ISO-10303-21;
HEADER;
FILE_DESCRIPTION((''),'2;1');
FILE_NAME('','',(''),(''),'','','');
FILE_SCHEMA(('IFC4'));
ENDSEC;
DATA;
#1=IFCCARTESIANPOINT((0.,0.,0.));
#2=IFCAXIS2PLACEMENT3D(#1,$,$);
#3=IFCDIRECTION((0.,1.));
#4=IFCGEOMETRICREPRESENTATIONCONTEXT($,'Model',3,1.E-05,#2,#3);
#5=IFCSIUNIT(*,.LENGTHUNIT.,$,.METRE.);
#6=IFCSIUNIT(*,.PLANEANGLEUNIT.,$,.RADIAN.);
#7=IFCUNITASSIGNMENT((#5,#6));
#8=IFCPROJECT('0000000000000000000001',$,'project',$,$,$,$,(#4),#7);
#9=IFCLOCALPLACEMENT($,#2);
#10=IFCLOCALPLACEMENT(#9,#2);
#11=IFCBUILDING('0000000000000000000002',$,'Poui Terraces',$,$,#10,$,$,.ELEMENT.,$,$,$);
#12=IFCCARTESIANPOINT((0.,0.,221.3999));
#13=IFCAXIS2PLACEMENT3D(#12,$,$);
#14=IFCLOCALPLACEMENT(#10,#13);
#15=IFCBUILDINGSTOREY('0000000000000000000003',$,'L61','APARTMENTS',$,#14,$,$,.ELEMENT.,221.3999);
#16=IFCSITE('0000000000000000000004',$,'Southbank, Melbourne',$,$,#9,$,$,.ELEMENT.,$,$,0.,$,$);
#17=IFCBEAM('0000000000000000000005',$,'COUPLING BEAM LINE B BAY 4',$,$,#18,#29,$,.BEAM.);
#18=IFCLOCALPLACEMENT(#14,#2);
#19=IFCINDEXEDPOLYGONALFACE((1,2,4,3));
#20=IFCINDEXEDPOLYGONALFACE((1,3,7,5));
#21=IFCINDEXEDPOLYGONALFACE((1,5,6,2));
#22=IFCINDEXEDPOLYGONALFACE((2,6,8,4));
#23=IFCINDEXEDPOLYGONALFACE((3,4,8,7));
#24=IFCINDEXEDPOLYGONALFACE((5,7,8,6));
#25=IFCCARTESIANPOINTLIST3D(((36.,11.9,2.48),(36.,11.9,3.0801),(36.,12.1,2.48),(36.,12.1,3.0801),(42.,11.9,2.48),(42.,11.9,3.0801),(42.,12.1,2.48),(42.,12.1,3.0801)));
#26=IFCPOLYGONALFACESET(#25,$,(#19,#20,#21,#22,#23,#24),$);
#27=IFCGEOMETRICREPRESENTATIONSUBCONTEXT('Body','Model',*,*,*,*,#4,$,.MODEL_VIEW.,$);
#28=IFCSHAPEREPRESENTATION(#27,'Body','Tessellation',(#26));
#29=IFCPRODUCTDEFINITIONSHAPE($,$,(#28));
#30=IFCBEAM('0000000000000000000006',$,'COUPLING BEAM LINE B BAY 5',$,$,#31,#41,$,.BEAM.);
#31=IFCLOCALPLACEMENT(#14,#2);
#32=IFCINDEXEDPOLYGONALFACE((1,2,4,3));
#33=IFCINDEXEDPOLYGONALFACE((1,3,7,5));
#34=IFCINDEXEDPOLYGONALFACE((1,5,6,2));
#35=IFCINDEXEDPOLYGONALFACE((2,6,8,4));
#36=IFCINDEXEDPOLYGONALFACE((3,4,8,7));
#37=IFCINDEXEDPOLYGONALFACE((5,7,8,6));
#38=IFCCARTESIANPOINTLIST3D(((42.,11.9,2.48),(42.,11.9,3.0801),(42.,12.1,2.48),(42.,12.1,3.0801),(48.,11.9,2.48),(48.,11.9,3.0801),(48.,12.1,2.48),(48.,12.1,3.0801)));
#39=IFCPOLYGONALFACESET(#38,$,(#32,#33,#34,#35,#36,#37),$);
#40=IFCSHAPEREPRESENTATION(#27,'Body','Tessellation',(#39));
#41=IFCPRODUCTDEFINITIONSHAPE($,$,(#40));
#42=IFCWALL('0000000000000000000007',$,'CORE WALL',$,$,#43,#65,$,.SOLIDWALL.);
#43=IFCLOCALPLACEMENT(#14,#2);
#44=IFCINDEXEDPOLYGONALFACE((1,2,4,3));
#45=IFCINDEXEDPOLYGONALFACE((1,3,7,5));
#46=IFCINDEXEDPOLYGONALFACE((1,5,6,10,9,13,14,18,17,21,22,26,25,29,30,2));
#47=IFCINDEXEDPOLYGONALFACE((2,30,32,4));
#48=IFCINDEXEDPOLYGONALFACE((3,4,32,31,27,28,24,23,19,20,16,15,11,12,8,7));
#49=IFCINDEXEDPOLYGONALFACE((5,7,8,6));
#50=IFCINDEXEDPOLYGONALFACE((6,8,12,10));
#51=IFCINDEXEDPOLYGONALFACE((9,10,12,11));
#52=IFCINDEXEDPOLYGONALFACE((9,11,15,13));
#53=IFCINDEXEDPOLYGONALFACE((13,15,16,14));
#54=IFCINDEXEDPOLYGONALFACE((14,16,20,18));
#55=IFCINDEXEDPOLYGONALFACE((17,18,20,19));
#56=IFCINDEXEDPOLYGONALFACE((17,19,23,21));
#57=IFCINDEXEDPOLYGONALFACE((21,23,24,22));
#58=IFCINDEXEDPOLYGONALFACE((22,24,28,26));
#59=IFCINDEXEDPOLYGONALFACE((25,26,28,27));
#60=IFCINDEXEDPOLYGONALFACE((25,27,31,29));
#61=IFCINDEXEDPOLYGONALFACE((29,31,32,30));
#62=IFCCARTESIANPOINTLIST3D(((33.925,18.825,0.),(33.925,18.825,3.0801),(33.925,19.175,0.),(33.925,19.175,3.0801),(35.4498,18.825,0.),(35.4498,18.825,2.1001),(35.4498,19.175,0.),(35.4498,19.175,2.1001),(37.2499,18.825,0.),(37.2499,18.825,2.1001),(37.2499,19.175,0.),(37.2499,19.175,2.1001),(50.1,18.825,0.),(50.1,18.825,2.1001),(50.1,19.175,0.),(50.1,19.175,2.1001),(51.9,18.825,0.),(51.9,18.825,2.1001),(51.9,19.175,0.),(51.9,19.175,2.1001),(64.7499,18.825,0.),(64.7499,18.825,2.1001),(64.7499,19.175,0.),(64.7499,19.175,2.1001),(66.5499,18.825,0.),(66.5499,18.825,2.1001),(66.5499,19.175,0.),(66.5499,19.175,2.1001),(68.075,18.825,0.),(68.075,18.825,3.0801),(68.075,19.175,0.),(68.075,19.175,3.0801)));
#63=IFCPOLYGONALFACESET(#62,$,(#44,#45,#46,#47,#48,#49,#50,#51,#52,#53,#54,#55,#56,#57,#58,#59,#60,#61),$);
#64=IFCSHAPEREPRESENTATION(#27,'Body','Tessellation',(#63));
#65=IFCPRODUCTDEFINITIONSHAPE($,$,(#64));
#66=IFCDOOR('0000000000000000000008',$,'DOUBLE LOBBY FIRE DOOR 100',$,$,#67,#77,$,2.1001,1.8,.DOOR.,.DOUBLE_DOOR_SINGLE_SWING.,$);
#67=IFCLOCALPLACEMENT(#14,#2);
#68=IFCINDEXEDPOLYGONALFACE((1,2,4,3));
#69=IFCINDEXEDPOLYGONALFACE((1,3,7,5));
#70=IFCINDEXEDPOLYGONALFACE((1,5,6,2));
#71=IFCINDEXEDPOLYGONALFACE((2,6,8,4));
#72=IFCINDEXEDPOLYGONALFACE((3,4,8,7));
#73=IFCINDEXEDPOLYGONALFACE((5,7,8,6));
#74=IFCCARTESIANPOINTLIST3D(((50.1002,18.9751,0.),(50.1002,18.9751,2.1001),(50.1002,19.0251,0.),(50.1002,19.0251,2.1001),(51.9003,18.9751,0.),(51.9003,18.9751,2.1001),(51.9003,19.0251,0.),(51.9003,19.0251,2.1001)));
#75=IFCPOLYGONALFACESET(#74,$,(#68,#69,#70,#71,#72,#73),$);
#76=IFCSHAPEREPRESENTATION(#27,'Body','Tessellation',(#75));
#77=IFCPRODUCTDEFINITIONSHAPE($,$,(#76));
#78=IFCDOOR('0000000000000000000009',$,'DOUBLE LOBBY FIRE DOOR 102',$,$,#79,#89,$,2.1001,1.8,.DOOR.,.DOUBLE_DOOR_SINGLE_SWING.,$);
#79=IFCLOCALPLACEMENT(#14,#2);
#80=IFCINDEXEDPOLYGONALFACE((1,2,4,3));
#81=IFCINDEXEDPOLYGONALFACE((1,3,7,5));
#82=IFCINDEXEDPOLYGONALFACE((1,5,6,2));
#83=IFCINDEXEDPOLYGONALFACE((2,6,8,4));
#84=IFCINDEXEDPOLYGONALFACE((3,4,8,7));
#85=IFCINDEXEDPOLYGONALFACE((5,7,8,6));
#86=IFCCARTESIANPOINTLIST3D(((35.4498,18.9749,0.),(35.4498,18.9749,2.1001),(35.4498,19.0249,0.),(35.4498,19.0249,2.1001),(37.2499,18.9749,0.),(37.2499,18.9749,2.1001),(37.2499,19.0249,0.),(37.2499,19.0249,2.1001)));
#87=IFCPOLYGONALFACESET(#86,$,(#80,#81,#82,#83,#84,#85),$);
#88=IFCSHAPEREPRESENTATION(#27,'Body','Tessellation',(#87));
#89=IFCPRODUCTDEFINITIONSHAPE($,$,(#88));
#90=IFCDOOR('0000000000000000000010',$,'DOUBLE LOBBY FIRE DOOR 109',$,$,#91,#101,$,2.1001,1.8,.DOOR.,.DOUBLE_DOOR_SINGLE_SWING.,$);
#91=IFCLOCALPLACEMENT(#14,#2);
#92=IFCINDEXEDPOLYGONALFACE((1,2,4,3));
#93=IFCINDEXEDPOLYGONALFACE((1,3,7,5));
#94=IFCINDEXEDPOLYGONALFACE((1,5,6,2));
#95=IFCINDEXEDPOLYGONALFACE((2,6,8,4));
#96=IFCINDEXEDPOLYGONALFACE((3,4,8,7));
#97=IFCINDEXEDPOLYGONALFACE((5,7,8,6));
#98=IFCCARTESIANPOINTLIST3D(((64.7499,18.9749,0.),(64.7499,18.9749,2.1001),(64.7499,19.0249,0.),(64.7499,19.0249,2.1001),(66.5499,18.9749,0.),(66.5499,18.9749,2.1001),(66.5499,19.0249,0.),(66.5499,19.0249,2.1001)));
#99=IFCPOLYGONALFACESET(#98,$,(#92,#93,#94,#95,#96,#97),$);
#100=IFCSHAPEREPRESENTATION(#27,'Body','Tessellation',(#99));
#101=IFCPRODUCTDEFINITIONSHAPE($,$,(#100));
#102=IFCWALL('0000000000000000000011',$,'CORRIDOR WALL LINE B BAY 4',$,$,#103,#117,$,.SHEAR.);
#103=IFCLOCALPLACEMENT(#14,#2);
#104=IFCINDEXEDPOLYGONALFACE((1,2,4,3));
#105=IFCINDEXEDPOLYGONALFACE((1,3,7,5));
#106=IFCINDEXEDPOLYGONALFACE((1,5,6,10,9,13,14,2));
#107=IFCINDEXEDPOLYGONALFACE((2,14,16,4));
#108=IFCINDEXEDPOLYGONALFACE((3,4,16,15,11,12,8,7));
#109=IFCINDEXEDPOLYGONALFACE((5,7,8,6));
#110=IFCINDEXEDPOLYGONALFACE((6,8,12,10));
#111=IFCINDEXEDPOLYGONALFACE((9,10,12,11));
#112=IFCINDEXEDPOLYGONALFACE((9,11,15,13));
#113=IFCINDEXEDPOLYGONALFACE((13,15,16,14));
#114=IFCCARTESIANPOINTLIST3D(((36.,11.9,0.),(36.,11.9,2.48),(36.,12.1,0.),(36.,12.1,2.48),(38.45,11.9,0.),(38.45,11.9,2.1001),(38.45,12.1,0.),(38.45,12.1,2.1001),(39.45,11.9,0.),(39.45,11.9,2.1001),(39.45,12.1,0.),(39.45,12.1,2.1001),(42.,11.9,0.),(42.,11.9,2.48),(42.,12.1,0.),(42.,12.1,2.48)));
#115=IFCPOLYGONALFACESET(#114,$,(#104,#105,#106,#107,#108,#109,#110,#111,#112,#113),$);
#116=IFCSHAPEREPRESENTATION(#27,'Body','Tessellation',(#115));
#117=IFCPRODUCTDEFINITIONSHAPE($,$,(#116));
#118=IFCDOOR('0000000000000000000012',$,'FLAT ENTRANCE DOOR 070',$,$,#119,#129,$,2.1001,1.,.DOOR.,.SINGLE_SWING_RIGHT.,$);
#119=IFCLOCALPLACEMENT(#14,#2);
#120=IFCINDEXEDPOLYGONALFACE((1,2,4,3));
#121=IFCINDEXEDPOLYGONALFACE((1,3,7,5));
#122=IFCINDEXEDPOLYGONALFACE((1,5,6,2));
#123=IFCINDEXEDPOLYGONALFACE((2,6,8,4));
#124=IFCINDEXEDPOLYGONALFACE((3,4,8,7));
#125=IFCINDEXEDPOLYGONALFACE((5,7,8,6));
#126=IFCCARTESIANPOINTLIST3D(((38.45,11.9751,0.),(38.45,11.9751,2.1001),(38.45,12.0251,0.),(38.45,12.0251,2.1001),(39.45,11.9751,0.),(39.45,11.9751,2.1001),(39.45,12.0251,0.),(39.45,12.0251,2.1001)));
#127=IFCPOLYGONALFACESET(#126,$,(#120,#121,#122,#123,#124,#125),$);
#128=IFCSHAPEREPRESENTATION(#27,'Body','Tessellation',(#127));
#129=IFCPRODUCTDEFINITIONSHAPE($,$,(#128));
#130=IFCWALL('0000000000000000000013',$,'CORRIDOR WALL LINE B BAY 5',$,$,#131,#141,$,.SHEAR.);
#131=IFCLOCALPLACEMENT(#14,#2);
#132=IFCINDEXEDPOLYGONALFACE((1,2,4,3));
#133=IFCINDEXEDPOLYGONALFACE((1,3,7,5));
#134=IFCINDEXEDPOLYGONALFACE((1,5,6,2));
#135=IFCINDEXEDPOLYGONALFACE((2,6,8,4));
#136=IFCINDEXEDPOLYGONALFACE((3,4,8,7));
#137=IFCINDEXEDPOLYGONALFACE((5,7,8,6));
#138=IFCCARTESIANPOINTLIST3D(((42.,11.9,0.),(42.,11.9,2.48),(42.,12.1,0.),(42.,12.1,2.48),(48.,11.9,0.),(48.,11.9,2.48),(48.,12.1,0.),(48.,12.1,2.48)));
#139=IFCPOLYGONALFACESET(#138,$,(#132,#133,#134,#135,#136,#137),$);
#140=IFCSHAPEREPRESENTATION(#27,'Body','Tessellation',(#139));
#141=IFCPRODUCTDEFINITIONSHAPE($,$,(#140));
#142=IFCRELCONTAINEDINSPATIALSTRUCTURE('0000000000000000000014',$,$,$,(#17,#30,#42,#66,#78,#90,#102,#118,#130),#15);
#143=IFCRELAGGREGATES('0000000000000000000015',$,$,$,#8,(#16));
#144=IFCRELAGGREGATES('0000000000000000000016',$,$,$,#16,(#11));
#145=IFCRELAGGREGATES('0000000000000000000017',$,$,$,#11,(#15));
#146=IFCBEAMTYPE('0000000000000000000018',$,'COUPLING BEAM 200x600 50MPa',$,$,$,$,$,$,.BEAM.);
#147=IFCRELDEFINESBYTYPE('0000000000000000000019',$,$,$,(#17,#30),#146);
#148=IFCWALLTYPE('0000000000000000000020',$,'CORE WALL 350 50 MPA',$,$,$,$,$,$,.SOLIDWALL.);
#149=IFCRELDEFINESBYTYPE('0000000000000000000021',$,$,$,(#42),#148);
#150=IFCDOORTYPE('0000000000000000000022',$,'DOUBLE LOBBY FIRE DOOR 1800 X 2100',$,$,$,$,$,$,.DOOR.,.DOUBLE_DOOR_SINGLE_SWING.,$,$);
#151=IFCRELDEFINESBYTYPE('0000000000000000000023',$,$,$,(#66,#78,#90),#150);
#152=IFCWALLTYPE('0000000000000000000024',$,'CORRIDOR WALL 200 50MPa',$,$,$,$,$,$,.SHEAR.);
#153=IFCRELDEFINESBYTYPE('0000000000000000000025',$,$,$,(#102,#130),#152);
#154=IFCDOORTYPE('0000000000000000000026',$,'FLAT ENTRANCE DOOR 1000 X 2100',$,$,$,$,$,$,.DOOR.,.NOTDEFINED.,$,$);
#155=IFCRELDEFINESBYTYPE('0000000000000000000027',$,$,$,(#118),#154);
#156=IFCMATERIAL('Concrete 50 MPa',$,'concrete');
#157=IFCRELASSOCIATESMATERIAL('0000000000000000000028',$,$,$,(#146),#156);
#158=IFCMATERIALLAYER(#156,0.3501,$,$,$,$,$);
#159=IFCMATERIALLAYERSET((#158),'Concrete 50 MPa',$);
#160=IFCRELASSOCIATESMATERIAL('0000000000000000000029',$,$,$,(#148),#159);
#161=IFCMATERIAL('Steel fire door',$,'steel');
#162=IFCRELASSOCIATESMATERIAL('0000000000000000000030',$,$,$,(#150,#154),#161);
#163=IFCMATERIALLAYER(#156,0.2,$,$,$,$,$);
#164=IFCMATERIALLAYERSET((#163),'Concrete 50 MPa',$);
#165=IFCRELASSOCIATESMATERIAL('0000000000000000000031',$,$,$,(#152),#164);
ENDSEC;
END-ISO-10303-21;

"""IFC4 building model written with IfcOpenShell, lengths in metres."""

from ifc_helpers import new_model, si_unit, direction, frame, frame_2d, origin, origin_2d, place, context, subcontext, project, spatial, rectangle, extrude, source, transform, mapped, material, layer, layer_set, material_profile, profile_set, type_object, element, fill, save


model = new_model("IFC4")

# Units and contexts
model_context = context("Model", 3, precision=1e-05, world=origin(), true_north=direction((0.0, 1.0)))
body_context = subcontext(model_context, "Body", "Model", "MODEL_VIEW")
ifc_project = project(units=[si_unit("LENGTHUNIT", "METRE"), si_unit("PLANEANGLEUNIT", "RADIAN")], contexts=[model_context])

# Site, building, storey
site_placement = place(None, origin())
site = spatial("IfcSite", under=ifc_project, at=site_placement, Name="Southbank, Melbourne", CompositionType="ELEMENT", RefElevation=0.0)
building_placement = place(site_placement, origin())
building = spatial("IfcBuilding", under=site, at=building_placement, Name="Poui Terraces", CompositionType="ELEMENT")
storey_placement = place(building_placement, frame((0.0, 0.0, 221.3999)))
storey = spatial("IfcBuildingStorey", under=building, at=storey_placement, Name="L61", Description="APARTMENTS", CompositionType="ELEMENT", Elevation=221.3999)

# Beams
ifc_material_1 = material(Name="Concrete 50 MPa", Category="concrete")
ifc_material_profile = material_profile(ifc_material_1, rectangle(XDim=0.2, YDim=0.6001, at=origin_2d()), Name="RC 200x600")
ifc_profile_set = profile_set([ifc_material_profile], Name="Concrete 50 MPa")
beam_type = type_object("IfcBeamType", Name="COUPLING BEAM 200x600 50MPa", PredefinedType="BEAM", material=ifc_profile_set)
shared_shape = source(origin(), body_context, "Body", "SweptSolid", [
    extrude(rectangle(XDim=0.2, YDim=0.6001, at=origin_2d()), origin(), (0.0, 0.0, 1.0), 6.0),
])
for number, where, z_axis, x_axis, name in (
    (1, (36.0, 12.0, 2.78), (1.0, 0.0, 0.0), (0.0, 1.0, 0.0), "COUPLING BEAM LINE B BAY 4"),
    (2, (42.0, 12.0, 2.78), (1.0, 0.0, 0.0), (0.0, 1.0, 0.0), "COUPLING BEAM LINE B BAY 5"),
):
    element("IfcBeam", number, at=place(storey_placement, frame(where, z_axis=z_axis, x_axis=x_axis)), inside=storey, type_object=beam_type, Name=name, PredefinedType="BEAM", context=body_context, shape_type="MappedRepresentation", body=[
        mapped(shared_shape, transform((0.0, 0.0, 0.0))),
    ])

# Wall, openings, doors
ifc_layer_1 = layer(ifc_material_1, 0.3501)
ifc_layer_set_1 = layer_set([ifc_layer_1], Name="Concrete 50 MPa")
wall_type_1 = type_object("IfcWallType", Name="CORE WALL 350 50 MPA", PredefinedType="SOLIDWALL", material=ifc_layer_set_1)
wall_1_placement = place(storey_placement, frame((33.925, 19.0, 0.0), z_axis=(0.0, 0.0, 1.0), x_axis=(1.0, 0.0, 0.0)))
wall_1 = element("IfcWall", 3, at=wall_1_placement, inside=storey, type_object=wall_type_1, Name="CORE WALL", PredefinedType="SOLIDWALL", context=body_context, shape_type="SweptSolid", body=[
    extrude(rectangle(XDim=34.1499, YDim=0.3501, at=frame_2d((17.075, 0.0))), origin(), (0.0, 0.0, 1.0), 3.0801),
])
opening_1_placement = place(wall_1_placement, frame((16.175, 0.0, 0.0)))
opening_1 = element("IfcOpeningElement", 4, at=opening_1_placement, cuts=wall_1, PredefinedType="OPENING", context=body_context, shape_type="SweptSolid", body=[
    extrude(rectangle(XDim=1.8, YDim=2.1001, at=frame_2d((0.8999, 1.05))), frame((0.0, 0.1851, 0.0), z_axis=(0.0, -1.0, 0.0), x_axis=(1.0, 0.0, 0.0)), (0.0, 0.0, 1.0), 0.3701),
])
opening_2_placement = place(wall_1_placement, frame((1.5249, 0.0, 0.0)))
opening_2 = element("IfcOpeningElement", 5, at=opening_2_placement, cuts=wall_1, PredefinedType="OPENING", context=body_context, shape_type="SweptSolid", body=[
    extrude(rectangle(XDim=1.8, YDim=2.1001, at=frame_2d((0.8999, 1.05))), frame((0.0, 0.1851, 0.0), z_axis=(0.0, -1.0, 0.0), x_axis=(1.0, 0.0, 0.0)), (0.0, 0.0, 1.0), 0.3701),
])
opening_3_placement = place(wall_1_placement, frame((30.825, 0.0, 0.0)))
opening_3 = element("IfcOpeningElement", 6, at=opening_3_placement, cuts=wall_1, PredefinedType="OPENING", context=body_context, shape_type="SweptSolid", body=[
    extrude(rectangle(XDim=1.8, YDim=2.1001, at=frame_2d((0.8999, 1.05))), frame((0.0, 0.1851, 0.0), z_axis=(0.0, -1.0, 0.0), x_axis=(1.0, 0.0, 0.0)), (0.0, 0.0, 1.0), 0.3701),
])
ifc_material_2 = material(Name="Steel fire door", Category="steel")
door_type_1 = type_object("IfcDoorType", Name="DOUBLE LOBBY FIRE DOOR 1800 X 2100", OperationType="DOUBLE_DOOR_SINGLE_SWING", PredefinedType="DOOR", material=ifc_material_2)
door_1_placement = place(opening_1_placement, frame((1.8, 0.0, 0.0), z_axis=(0.0, 0.0, 1.0), x_axis=(-1.0, 0.0, 0.0)))
door_1 = element("IfcDoor", 7, at=door_1_placement, inside=storey, type_object=door_type_1, Name="DOUBLE LOBBY FIRE DOOR 100", OperationType="DOUBLE_DOOR_SINGLE_SWING", OverallHeight=2.1001, OverallWidth=1.8, PredefinedType="DOOR", context=body_context, shape_type="SweptSolid", body=[
    extrude(rectangle(XDim=1.8, YDim=2.1001, at=frame_2d((0.8999, 1.05))), frame((0.0, 0.0249, 0.0), z_axis=(0.0, -1.0, 0.0), x_axis=(1.0, 0.0, 0.0)), (0.0, 0.0, 1.0), 0.05),
])
fill(opening_1, door_1)
door_2_placement = place(opening_2_placement, origin())
door_2 = element("IfcDoor", 8, at=door_2_placement, inside=storey, type_object=door_type_1, Name="DOUBLE LOBBY FIRE DOOR 102", OperationType="DOUBLE_DOOR_SINGLE_SWING", OverallHeight=2.1001, OverallWidth=1.8, PredefinedType="DOOR", context=body_context, shape_type="SweptSolid", body=[
    extrude(rectangle(XDim=1.8, YDim=2.1001, at=frame_2d((0.8999, 1.05))), frame((0.0, 0.0249, 0.0), z_axis=(0.0, -1.0, 0.0), x_axis=(1.0, 0.0, 0.0)), (0.0, 0.0, 1.0), 0.05),
])
fill(opening_2, door_2)
door_3_placement = place(opening_3_placement, origin())
door_3 = element("IfcDoor", 9, at=door_3_placement, inside=storey, type_object=door_type_1, Name="DOUBLE LOBBY FIRE DOOR 109", OperationType="DOUBLE_DOOR_SINGLE_SWING", OverallHeight=2.1001, OverallWidth=1.8, PredefinedType="DOOR", context=body_context, shape_type="SweptSolid", body=[
    extrude(rectangle(XDim=1.8, YDim=2.1001, at=frame_2d((0.8999, 1.05))), frame((0.0, 0.0249, 0.0), z_axis=(0.0, -1.0, 0.0), x_axis=(1.0, 0.0, 0.0)), (0.0, 0.0, 1.0), 0.05),
])
fill(opening_3, door_3)

# Wall, opening, door
ifc_layer_2 = layer(ifc_material_1, 0.2)
ifc_layer_set_2 = layer_set([ifc_layer_2], Name="Concrete 50 MPa")
wall_type_2 = type_object("IfcWallType", Name="CORRIDOR WALL 200 50MPa", PredefinedType="SHEAR", material=ifc_layer_set_2)
wall_2_placement = place(storey_placement, frame((36.0, 12.0, 0.0), z_axis=(0.0, 0.0, 1.0), x_axis=(1.0, 0.0, 0.0)))
wall_2 = element("IfcWall", 10, at=wall_2_placement, inside=storey, type_object=wall_type_2, Name="CORRIDOR WALL LINE B BAY 4", PredefinedType="SHEAR", context=body_context, shape_type="SweptSolid", body=[
    extrude(rectangle(XDim=6.0, YDim=0.2, at=frame_2d((3.0, 0.0))), origin(), (0.0, 0.0, 1.0), 2.48),
])
opening_4_placement = place(wall_2_placement, frame((2.45, 0.0, 0.0)))
opening_4 = element("IfcOpeningElement", 11, at=opening_4_placement, cuts=wall_2, PredefinedType="OPENING", context=body_context, shape_type="SweptSolid", body=[
    extrude(rectangle(XDim=1.0, YDim=2.1001, at=frame_2d((0.5, 1.05))), frame((0.0, 0.1099, 0.0), z_axis=(0.0, -1.0, 0.0), x_axis=(1.0, 0.0, 0.0)), (0.0, 0.0, 1.0), 0.22),
])
door_type_2 = type_object("IfcDoorType", Name="FLAT ENTRANCE DOOR 1000 X 2100", OperationType="NOTDEFINED", PredefinedType="DOOR", material=ifc_material_2)
door_4_placement = place(opening_4_placement, frame((1.0, 0.0, 0.0), z_axis=(0.0, 0.0, 1.0), x_axis=(-1.0, 0.0, 0.0)))
door_4 = element("IfcDoor", 12, at=door_4_placement, inside=storey, type_object=door_type_2, Name="FLAT ENTRANCE DOOR 070", OperationType="SINGLE_SWING_RIGHT", OverallHeight=2.1001, OverallWidth=1.0, PredefinedType="DOOR", context=body_context, shape_type="SweptSolid", body=[
    extrude(rectangle(XDim=1.0, YDim=2.1001, at=frame_2d((0.5, 1.05))), frame((0.0, 0.0249, 0.0), z_axis=(0.0, -1.0, 0.0), x_axis=(1.0, 0.0, 0.0)), (0.0, 0.0, 1.0), 0.05),
])
fill(opening_4, door_4)

# Wall
wall_3_placement = place(storey_placement, frame((42.0, 12.0, 0.0), z_axis=(0.0, 0.0, 1.0), x_axis=(1.0, 0.0, 0.0)))
element("IfcWall", 13, at=wall_3_placement, inside=storey, type_object=wall_type_2, Name="CORRIDOR WALL LINE B BAY 5", PredefinedType="SHEAR", context=body_context, shape_type="SweptSolid", body=[
    extrude(rectangle(XDim=6.0, YDim=0.2, at=frame_2d((3.0, 0.0))), origin(), (0.0, 0.0, 1.0), 2.48),
])

save(model, "model.ifc")
